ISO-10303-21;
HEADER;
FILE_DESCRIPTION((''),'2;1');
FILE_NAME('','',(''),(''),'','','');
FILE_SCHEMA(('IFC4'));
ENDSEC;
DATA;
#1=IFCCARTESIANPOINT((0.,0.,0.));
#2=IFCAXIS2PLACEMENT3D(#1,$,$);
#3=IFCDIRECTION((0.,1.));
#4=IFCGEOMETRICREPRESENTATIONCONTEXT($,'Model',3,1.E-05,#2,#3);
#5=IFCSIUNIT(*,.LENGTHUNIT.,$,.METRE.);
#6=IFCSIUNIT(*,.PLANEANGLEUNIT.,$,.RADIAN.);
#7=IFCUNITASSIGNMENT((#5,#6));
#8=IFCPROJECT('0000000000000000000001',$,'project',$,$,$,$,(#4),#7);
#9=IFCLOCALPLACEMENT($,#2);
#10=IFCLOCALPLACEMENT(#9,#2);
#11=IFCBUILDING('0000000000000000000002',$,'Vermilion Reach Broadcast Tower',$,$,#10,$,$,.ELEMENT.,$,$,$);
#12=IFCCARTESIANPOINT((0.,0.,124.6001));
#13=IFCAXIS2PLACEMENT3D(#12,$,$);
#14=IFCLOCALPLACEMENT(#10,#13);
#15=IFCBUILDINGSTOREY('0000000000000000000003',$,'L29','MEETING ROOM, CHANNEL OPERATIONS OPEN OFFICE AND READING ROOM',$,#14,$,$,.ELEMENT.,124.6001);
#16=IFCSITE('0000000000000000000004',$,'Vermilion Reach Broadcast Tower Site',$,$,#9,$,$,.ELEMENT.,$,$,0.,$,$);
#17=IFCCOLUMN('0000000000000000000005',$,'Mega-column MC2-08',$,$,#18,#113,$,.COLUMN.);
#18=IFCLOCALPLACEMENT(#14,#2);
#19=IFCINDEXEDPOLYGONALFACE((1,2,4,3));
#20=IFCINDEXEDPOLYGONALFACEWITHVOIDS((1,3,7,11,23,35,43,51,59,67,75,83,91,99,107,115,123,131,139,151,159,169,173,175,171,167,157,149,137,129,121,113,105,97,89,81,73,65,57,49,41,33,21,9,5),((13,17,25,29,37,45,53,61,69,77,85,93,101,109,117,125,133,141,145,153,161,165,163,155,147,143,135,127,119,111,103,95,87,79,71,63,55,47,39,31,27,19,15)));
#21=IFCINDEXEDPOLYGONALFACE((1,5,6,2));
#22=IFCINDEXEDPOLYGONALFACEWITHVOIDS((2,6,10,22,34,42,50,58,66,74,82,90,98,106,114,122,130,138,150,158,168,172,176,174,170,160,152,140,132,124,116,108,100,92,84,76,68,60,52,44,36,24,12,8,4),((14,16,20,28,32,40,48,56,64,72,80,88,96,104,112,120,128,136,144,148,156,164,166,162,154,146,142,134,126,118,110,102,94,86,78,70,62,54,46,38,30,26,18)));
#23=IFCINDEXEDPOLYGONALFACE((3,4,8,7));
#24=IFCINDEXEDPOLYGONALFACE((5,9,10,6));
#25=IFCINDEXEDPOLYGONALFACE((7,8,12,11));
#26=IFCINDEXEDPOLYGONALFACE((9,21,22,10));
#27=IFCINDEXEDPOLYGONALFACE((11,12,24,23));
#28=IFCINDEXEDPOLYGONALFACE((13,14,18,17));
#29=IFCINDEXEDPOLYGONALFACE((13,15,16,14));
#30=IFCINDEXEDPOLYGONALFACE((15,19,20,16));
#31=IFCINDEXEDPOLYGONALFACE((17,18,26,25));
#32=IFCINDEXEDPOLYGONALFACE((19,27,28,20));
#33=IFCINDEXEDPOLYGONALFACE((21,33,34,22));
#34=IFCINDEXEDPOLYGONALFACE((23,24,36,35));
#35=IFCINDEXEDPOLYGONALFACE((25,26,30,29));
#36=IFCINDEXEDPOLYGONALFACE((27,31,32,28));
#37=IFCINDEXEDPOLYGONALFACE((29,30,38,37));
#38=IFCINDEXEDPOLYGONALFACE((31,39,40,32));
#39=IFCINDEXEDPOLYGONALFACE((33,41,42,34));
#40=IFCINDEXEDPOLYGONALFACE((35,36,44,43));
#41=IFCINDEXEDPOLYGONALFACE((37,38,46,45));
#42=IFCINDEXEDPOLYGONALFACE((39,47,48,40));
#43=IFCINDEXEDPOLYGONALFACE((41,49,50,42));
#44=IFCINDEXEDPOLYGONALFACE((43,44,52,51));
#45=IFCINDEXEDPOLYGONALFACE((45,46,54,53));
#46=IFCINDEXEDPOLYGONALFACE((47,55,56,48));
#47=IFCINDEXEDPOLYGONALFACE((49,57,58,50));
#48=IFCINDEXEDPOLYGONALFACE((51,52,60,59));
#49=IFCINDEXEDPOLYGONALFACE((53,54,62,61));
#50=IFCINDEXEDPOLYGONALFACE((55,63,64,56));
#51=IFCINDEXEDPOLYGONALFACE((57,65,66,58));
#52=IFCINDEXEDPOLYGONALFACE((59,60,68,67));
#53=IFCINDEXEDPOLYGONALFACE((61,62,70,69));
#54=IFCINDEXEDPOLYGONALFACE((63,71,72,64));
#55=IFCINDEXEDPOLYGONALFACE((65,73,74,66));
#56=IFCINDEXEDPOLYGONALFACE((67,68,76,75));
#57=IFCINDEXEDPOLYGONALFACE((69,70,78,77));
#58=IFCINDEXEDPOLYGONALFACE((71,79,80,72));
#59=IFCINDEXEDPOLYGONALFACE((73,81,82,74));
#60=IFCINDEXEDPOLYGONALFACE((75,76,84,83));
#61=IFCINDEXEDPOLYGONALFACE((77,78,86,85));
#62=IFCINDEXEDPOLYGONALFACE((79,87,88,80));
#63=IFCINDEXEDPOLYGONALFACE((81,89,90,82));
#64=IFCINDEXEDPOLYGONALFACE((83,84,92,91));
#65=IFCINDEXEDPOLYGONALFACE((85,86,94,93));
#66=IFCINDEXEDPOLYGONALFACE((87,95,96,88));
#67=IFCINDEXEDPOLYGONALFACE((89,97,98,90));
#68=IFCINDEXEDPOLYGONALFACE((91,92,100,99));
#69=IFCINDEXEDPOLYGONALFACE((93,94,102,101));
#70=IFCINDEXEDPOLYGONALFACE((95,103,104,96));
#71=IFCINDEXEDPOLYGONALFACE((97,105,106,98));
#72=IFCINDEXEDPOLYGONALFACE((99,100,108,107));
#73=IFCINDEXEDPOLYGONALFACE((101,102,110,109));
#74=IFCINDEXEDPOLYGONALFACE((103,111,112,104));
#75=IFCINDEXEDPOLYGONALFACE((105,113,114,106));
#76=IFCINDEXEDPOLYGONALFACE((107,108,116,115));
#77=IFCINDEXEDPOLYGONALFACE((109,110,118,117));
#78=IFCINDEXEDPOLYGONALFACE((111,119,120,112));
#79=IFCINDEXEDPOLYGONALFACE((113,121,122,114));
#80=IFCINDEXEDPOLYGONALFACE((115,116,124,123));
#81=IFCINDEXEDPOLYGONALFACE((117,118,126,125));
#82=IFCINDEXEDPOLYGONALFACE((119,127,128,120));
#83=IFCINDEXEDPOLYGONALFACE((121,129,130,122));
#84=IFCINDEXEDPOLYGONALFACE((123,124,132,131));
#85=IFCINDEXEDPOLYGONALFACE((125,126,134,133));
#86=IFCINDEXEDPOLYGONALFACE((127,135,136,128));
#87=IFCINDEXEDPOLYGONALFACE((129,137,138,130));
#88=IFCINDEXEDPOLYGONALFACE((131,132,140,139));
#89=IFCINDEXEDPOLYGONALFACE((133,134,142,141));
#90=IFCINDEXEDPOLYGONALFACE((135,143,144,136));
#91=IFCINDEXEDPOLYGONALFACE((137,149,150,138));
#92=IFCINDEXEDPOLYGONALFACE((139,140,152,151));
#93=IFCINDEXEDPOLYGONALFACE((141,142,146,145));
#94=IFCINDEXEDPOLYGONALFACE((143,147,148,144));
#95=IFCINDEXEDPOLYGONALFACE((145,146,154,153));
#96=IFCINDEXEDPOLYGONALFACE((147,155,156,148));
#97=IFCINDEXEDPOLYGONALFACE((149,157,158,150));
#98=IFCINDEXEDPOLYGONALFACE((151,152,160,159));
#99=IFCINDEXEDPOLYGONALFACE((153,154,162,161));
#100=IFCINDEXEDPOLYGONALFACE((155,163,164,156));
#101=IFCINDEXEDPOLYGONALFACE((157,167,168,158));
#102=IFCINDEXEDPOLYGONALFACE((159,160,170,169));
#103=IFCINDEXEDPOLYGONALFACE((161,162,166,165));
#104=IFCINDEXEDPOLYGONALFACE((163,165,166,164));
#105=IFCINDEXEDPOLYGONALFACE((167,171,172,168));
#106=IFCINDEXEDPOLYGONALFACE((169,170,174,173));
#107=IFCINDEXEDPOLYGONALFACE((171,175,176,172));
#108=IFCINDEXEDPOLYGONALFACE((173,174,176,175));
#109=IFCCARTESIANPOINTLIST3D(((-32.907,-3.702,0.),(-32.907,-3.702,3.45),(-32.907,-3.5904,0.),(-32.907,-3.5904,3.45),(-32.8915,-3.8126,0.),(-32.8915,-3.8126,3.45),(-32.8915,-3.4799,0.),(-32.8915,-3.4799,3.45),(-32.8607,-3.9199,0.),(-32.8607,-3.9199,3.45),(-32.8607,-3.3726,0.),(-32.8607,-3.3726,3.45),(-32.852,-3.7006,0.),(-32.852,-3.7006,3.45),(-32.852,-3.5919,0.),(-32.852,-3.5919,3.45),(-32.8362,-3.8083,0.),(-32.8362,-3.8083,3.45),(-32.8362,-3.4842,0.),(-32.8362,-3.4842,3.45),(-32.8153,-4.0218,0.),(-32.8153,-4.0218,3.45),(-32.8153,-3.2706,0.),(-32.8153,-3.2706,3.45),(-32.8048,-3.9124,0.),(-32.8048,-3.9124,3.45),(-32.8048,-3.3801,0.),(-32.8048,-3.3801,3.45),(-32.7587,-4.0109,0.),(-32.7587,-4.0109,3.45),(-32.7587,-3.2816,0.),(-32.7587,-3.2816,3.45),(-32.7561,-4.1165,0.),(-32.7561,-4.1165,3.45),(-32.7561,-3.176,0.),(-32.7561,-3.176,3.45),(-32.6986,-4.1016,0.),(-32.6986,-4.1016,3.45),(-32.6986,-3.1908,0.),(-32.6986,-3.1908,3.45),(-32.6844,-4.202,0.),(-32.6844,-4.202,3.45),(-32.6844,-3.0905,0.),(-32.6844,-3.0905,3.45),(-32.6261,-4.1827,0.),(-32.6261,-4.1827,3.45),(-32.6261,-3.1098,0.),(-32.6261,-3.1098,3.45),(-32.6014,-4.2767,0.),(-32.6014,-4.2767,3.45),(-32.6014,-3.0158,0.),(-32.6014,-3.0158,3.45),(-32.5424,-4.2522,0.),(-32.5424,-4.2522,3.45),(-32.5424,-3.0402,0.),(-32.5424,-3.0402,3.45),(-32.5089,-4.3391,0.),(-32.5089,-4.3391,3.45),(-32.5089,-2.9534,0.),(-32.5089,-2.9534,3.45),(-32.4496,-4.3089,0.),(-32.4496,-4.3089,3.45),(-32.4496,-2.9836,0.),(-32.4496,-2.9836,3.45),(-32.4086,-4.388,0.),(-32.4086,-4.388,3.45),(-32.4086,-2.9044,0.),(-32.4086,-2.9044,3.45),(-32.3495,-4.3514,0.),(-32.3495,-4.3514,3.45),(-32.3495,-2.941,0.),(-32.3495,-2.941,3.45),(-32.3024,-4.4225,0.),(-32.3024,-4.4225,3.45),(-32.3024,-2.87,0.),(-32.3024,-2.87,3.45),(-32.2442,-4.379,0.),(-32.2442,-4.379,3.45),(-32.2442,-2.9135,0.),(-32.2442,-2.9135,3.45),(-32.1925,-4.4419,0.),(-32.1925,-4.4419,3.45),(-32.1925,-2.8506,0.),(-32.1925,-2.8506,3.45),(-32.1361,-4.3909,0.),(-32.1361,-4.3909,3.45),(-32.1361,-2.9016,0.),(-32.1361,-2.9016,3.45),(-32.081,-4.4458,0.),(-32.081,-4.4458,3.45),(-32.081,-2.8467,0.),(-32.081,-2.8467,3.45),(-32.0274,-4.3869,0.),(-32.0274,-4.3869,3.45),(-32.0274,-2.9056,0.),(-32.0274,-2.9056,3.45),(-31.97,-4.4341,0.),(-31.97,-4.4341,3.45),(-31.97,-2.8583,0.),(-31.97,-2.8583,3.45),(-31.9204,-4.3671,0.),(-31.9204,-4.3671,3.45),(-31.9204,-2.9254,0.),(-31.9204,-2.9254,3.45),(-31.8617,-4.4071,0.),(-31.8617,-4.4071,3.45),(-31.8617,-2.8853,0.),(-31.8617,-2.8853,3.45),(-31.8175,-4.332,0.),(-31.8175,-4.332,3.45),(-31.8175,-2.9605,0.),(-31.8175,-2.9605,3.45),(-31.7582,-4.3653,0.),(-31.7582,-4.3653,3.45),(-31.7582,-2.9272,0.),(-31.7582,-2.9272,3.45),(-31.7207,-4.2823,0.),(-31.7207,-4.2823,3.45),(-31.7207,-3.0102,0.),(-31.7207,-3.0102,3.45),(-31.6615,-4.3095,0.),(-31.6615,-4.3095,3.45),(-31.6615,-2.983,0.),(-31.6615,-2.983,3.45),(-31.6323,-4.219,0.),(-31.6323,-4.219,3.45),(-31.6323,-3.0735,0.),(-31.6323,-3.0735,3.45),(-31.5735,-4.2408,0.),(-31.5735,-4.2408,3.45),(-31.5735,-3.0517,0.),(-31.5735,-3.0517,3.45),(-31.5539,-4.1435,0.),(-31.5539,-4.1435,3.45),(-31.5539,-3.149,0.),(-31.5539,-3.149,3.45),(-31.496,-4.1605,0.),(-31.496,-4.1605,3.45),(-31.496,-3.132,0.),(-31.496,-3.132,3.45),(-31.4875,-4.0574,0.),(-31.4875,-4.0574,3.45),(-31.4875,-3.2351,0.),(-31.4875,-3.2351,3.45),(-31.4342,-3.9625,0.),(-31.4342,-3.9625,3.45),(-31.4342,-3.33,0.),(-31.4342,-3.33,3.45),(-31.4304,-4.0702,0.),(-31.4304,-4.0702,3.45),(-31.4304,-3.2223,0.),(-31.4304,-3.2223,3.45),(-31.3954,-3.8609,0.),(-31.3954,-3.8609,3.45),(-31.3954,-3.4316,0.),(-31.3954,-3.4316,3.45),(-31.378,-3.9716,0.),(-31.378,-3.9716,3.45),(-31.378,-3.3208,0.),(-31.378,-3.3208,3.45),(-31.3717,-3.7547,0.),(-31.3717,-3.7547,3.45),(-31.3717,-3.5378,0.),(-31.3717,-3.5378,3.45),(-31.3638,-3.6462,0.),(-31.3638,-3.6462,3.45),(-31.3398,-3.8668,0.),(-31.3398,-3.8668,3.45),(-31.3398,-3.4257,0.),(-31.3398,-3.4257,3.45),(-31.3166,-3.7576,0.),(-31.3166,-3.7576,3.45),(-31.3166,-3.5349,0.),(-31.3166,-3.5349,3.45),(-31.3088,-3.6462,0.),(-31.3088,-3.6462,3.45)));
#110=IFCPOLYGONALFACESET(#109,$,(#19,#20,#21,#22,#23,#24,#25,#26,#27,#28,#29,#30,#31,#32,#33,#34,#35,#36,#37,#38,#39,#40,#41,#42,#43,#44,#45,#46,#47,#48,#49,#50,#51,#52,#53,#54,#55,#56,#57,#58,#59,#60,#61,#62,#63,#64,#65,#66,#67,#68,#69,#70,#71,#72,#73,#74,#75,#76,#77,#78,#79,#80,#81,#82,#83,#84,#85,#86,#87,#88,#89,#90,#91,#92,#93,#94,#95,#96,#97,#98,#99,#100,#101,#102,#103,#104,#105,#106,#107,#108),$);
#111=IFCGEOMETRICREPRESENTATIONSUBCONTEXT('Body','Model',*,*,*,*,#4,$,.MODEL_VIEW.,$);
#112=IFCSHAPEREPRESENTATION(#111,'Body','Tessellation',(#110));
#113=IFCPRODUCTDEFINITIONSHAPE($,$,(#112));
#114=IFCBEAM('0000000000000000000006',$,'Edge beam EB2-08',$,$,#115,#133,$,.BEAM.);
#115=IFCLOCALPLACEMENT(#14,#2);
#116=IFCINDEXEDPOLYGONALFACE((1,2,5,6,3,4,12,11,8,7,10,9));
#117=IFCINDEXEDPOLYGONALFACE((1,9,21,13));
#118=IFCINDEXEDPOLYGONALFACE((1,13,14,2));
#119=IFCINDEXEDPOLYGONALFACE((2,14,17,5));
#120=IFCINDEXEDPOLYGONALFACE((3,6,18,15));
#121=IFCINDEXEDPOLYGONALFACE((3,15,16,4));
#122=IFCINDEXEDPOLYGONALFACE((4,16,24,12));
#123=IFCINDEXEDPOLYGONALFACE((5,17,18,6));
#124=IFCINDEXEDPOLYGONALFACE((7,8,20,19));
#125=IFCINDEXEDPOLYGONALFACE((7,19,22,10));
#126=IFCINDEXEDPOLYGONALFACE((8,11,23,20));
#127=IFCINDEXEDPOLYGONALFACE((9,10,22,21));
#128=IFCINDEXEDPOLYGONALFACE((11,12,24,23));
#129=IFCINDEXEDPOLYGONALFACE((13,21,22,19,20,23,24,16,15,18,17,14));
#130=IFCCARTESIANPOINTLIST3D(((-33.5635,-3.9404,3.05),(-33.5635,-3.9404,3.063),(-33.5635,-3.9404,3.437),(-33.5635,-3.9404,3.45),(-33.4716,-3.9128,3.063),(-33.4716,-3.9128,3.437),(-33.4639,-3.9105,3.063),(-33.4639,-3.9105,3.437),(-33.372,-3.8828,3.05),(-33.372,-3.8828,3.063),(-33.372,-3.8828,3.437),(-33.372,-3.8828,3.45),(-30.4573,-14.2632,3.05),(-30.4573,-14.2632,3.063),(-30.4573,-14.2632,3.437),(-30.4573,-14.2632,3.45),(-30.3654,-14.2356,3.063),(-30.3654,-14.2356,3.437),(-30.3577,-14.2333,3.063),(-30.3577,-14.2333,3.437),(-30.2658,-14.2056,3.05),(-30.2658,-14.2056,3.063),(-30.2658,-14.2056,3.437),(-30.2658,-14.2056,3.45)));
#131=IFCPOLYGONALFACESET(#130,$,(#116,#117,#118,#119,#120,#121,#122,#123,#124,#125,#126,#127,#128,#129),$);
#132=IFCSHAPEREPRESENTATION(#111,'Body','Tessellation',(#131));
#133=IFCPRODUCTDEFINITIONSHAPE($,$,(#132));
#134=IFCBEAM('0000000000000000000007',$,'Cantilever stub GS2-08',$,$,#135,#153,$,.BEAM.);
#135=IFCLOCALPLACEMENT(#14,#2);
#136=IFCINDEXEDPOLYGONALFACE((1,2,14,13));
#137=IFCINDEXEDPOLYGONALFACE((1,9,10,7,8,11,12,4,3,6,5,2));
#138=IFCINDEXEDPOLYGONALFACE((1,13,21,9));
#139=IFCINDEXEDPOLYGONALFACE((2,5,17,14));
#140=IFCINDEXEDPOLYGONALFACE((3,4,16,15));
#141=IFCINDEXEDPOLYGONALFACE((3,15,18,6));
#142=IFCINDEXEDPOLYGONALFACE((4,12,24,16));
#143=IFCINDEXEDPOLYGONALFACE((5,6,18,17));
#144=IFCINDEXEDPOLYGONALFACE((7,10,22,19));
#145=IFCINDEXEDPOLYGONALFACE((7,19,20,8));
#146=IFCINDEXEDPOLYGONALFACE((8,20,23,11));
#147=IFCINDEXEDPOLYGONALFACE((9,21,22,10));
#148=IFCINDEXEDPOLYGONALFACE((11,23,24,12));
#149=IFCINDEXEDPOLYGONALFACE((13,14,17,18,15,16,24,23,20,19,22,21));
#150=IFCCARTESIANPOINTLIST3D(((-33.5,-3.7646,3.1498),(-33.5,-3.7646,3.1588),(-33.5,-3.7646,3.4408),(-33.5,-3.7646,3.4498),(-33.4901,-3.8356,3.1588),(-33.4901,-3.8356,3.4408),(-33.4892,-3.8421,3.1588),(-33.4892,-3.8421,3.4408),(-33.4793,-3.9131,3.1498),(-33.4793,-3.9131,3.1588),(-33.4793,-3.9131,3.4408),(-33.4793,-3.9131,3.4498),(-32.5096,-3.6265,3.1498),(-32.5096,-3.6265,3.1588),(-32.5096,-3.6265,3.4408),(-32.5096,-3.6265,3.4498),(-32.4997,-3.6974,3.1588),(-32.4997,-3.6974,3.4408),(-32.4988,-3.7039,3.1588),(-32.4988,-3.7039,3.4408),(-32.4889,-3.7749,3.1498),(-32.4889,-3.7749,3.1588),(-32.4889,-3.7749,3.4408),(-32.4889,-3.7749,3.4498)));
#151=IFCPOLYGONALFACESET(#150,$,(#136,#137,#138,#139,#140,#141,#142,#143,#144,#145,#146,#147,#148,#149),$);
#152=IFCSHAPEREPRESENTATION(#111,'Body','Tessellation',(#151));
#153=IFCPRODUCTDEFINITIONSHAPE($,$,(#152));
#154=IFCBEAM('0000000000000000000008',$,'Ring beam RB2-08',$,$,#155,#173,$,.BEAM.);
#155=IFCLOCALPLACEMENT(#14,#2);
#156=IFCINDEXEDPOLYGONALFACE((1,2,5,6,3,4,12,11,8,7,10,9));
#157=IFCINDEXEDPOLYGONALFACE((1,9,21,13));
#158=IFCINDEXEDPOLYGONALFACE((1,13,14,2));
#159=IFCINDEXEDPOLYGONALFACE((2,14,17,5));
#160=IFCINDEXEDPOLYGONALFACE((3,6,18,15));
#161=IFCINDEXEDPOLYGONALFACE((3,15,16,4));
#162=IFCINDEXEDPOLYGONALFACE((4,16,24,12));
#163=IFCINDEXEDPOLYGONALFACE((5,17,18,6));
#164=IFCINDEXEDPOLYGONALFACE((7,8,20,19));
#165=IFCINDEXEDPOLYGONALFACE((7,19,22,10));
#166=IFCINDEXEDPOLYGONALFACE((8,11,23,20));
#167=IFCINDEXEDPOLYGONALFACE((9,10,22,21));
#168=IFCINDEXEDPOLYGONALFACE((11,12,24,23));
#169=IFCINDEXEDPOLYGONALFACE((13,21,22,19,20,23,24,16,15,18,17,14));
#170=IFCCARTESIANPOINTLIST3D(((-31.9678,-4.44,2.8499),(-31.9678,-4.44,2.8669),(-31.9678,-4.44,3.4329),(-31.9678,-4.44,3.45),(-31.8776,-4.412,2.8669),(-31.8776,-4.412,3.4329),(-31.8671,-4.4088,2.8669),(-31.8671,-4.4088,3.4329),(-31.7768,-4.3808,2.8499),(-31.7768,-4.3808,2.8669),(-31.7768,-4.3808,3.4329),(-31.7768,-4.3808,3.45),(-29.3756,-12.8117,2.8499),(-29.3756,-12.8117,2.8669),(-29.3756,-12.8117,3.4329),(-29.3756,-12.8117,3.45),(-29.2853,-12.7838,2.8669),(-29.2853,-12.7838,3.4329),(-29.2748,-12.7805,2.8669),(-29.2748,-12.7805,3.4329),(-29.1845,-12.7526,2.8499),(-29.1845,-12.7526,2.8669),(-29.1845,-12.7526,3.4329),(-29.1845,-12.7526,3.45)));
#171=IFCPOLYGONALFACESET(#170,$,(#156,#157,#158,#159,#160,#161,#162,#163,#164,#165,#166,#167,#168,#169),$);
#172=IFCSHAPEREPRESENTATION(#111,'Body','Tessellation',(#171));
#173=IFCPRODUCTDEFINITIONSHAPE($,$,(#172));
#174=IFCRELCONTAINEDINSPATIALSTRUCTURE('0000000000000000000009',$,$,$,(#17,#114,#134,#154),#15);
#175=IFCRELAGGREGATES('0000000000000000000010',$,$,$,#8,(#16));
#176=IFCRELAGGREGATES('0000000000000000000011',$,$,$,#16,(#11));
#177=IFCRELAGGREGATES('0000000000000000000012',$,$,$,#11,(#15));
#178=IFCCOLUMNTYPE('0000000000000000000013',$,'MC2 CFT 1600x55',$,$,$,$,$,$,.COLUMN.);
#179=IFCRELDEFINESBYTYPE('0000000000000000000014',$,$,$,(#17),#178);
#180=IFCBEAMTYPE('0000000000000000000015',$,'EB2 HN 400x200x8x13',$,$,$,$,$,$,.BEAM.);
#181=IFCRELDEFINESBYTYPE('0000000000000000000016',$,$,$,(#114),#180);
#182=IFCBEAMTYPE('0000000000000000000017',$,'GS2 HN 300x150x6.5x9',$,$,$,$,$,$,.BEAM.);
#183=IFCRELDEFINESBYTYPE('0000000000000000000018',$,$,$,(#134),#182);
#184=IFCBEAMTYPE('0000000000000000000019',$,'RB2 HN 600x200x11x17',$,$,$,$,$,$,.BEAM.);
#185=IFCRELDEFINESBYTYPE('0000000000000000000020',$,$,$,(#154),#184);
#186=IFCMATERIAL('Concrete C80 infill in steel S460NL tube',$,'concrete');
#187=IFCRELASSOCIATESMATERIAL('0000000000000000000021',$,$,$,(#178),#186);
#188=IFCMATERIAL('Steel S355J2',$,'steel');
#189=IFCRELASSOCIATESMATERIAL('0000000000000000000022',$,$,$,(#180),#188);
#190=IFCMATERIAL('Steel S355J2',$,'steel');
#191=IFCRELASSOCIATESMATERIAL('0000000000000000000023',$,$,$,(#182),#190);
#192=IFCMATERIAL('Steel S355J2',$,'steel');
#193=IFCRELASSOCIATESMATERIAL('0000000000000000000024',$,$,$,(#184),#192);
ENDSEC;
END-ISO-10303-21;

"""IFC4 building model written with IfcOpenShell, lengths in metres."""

from ifc_helpers import new_model, si_unit, direction, frame, origin, origin_2d, place, context, subcontext, project, spatial, hollow_circle, i_section, extrude, material, material_profile, profile_set, type_object, element, save


model = new_model("IFC4")

# Units and contexts
model_context = context("Model", 3, precision=1e-05, world=origin(), true_north=direction((0.0, 1.0)))
body_context = subcontext(model_context, "Body", "Model", "MODEL_VIEW")
ifc_project = project(units=[si_unit("LENGTHUNIT", "METRE"), si_unit("PLANEANGLEUNIT", "RADIAN")], contexts=[model_context])

# Site, building, storey
site_placement = place(None, origin())
site = spatial("IfcSite", under=ifc_project, at=site_placement, Name="Vermilion Reach Broadcast Tower Site", CompositionType="ELEMENT", RefElevation=0.0)
building_placement = place(site_placement, origin())
building = spatial("IfcBuilding", under=site, at=building_placement, Name="Vermilion Reach Broadcast Tower", CompositionType="ELEMENT")
storey_placement = place(building_placement, frame((0.0, 0.0, 124.6001)))
storey = spatial("IfcBuildingStorey", under=building, at=storey_placement, Name="L29", Description="MEETING ROOM, CHANNEL OPERATIONS OPEN OFFICE AND READING ROOM", CompositionType="ELEMENT", Elevation=124.6001)

# Column
ifc_material_1 = material(Name="Concrete C80 infill in steel S460NL tube", Category="concrete")
ifc_material_profile_1 = material_profile(ifc_material_1, hollow_circle(Radius=0.8, WallThickness=0.0549, at=origin_2d()), Name="Concrete C80 infill in steel S460NL tube CFT 1600x55")
ifc_profile_set_1 = profile_set([ifc_material_profile_1], Name="Concrete C80 infill in steel S460NL tube")
column_type = type_object("IfcColumnType", Name="MC2 CFT 1600x55", PredefinedType="COLUMN", material=ifc_profile_set_1)
column_placement = place(storey_placement, frame((-32.1089, -3.6462, 0.0), z_axis=(0.0, 0.0, 1.0), x_axis=(1.0, 0.0, 0.0)))
element("IfcColumn", 1, at=column_placement, inside=storey, type_object=column_type, Name="Mega-column MC2-08", PredefinedType="COLUMN", context=body_context, shape_type="SweptSolid", body=[
    extrude(hollow_circle(Radius=0.8, WallThickness=0.0549, at=origin_2d()), origin(), (0.0, 0.0, 1.0), 3.45),
])

# Beams
ifc_material_2 = material(Name="Steel S355J2", Category="steel")
ifc_material_profile_2 = material_profile(ifc_material_2, i_section(OverallWidth=0.2, OverallDepth=0.3999, WebThickness=0.0081, FlangeThickness=0.0129, at=origin_2d()), Name="S355J2 HN 400x200x8x13")
ifc_profile_set_2 = profile_set([ifc_material_profile_2], Name="Steel S355J2")
beam_type_1 = type_object("IfcBeamType", Name="EB2 HN 400x200x8x13", PredefinedType="BEAM", material=ifc_profile_set_2)
beam_1_placement = place(storey_placement, frame((-33.4678, -3.9116, 3.25), z_axis=(0.288146, -0.957587, 0.0), x_axis=(0.957587, 0.288146, 0.0)))
element("IfcBeam", 2, at=beam_1_placement, inside=storey, type_object=beam_type_1, Name="Edge beam EB2-08", PredefinedType="BEAM", context=body_context, shape_type="SweptSolid", body=[
    extrude(i_section(OverallWidth=0.2, OverallDepth=0.3999, WebThickness=0.0081, FlangeThickness=0.0129, at=origin_2d()), origin(), (0.0, 0.0, 1.0), 10.78),
])
ifc_material_3 = material(Name="Steel S355J2", Category="steel")
ifc_material_profile_3 = material_profile(ifc_material_3, i_section(OverallWidth=0.1499, OverallDepth=0.3, WebThickness=0.0066, FlangeThickness=0.009, at=origin_2d()), Name="S355J2 HN 300x150x6.5x9")
ifc_profile_set_3 = profile_set([ifc_material_profile_3], Name="Steel S355J2")
beam_type_2 = type_object("IfcBeamType", Name="GS2 HN 300x150x6.5x9", PredefinedType="BEAM", material=ifc_profile_set_3)
beam_2_placement = place(storey_placement, frame((-32.4993, -3.7007, 3.2998), z_axis=(-0.990408, -0.138174, 0.0), x_axis=(0.138174, -0.990408, 0.0)))
element("IfcBeam", 3, at=beam_2_placement, inside=storey, type_object=beam_type_2, Name="Cantilever stub GS2-08", PredefinedType="BEAM", context=body_context, shape_type="SweptSolid", body=[
    extrude(i_section(OverallWidth=0.1499, OverallDepth=0.3, WebThickness=0.0066, FlangeThickness=0.009, at=origin_2d()), origin(), (0.0, 0.0, 1.0), 1.0),
])
ifc_material_4 = material(Name="Steel S355J2", Category="steel")
ifc_material_profile_4 = material_profile(ifc_material_4, i_section(OverallWidth=0.2, OverallDepth=0.6001, WebThickness=0.011, FlangeThickness=0.0171, at=origin_2d()), Name="S355J2 HN 600x200x11x17")
ifc_profile_set_4 = profile_set([ifc_material_profile_4], Name="Steel S355J2")
beam_type_3 = type_object("IfcBeamType", Name="RB2 HN 600x200x11x17", PredefinedType="BEAM", material=ifc_profile_set_4)
beam_3_placement = place(storey_placement, frame((-31.8723, -4.4104, 3.1499), z_axis=(0.295788, -0.955253, 0.0), x_axis=(0.955253, 0.295788, 0.0)))
element("IfcBeam", 4, at=beam_3_placement, inside=storey, type_object=beam_type_3, Name="Ring beam RB2-08", PredefinedType="BEAM", context=body_context, shape_type="SweptSolid", body=[
    extrude(i_section(OverallWidth=0.2, OverallDepth=0.6001, WebThickness=0.011, FlangeThickness=0.0171, at=origin_2d()), origin(), (0.0, 0.0, 1.0), 8.7639),
])

save(model, "model.ifc")
